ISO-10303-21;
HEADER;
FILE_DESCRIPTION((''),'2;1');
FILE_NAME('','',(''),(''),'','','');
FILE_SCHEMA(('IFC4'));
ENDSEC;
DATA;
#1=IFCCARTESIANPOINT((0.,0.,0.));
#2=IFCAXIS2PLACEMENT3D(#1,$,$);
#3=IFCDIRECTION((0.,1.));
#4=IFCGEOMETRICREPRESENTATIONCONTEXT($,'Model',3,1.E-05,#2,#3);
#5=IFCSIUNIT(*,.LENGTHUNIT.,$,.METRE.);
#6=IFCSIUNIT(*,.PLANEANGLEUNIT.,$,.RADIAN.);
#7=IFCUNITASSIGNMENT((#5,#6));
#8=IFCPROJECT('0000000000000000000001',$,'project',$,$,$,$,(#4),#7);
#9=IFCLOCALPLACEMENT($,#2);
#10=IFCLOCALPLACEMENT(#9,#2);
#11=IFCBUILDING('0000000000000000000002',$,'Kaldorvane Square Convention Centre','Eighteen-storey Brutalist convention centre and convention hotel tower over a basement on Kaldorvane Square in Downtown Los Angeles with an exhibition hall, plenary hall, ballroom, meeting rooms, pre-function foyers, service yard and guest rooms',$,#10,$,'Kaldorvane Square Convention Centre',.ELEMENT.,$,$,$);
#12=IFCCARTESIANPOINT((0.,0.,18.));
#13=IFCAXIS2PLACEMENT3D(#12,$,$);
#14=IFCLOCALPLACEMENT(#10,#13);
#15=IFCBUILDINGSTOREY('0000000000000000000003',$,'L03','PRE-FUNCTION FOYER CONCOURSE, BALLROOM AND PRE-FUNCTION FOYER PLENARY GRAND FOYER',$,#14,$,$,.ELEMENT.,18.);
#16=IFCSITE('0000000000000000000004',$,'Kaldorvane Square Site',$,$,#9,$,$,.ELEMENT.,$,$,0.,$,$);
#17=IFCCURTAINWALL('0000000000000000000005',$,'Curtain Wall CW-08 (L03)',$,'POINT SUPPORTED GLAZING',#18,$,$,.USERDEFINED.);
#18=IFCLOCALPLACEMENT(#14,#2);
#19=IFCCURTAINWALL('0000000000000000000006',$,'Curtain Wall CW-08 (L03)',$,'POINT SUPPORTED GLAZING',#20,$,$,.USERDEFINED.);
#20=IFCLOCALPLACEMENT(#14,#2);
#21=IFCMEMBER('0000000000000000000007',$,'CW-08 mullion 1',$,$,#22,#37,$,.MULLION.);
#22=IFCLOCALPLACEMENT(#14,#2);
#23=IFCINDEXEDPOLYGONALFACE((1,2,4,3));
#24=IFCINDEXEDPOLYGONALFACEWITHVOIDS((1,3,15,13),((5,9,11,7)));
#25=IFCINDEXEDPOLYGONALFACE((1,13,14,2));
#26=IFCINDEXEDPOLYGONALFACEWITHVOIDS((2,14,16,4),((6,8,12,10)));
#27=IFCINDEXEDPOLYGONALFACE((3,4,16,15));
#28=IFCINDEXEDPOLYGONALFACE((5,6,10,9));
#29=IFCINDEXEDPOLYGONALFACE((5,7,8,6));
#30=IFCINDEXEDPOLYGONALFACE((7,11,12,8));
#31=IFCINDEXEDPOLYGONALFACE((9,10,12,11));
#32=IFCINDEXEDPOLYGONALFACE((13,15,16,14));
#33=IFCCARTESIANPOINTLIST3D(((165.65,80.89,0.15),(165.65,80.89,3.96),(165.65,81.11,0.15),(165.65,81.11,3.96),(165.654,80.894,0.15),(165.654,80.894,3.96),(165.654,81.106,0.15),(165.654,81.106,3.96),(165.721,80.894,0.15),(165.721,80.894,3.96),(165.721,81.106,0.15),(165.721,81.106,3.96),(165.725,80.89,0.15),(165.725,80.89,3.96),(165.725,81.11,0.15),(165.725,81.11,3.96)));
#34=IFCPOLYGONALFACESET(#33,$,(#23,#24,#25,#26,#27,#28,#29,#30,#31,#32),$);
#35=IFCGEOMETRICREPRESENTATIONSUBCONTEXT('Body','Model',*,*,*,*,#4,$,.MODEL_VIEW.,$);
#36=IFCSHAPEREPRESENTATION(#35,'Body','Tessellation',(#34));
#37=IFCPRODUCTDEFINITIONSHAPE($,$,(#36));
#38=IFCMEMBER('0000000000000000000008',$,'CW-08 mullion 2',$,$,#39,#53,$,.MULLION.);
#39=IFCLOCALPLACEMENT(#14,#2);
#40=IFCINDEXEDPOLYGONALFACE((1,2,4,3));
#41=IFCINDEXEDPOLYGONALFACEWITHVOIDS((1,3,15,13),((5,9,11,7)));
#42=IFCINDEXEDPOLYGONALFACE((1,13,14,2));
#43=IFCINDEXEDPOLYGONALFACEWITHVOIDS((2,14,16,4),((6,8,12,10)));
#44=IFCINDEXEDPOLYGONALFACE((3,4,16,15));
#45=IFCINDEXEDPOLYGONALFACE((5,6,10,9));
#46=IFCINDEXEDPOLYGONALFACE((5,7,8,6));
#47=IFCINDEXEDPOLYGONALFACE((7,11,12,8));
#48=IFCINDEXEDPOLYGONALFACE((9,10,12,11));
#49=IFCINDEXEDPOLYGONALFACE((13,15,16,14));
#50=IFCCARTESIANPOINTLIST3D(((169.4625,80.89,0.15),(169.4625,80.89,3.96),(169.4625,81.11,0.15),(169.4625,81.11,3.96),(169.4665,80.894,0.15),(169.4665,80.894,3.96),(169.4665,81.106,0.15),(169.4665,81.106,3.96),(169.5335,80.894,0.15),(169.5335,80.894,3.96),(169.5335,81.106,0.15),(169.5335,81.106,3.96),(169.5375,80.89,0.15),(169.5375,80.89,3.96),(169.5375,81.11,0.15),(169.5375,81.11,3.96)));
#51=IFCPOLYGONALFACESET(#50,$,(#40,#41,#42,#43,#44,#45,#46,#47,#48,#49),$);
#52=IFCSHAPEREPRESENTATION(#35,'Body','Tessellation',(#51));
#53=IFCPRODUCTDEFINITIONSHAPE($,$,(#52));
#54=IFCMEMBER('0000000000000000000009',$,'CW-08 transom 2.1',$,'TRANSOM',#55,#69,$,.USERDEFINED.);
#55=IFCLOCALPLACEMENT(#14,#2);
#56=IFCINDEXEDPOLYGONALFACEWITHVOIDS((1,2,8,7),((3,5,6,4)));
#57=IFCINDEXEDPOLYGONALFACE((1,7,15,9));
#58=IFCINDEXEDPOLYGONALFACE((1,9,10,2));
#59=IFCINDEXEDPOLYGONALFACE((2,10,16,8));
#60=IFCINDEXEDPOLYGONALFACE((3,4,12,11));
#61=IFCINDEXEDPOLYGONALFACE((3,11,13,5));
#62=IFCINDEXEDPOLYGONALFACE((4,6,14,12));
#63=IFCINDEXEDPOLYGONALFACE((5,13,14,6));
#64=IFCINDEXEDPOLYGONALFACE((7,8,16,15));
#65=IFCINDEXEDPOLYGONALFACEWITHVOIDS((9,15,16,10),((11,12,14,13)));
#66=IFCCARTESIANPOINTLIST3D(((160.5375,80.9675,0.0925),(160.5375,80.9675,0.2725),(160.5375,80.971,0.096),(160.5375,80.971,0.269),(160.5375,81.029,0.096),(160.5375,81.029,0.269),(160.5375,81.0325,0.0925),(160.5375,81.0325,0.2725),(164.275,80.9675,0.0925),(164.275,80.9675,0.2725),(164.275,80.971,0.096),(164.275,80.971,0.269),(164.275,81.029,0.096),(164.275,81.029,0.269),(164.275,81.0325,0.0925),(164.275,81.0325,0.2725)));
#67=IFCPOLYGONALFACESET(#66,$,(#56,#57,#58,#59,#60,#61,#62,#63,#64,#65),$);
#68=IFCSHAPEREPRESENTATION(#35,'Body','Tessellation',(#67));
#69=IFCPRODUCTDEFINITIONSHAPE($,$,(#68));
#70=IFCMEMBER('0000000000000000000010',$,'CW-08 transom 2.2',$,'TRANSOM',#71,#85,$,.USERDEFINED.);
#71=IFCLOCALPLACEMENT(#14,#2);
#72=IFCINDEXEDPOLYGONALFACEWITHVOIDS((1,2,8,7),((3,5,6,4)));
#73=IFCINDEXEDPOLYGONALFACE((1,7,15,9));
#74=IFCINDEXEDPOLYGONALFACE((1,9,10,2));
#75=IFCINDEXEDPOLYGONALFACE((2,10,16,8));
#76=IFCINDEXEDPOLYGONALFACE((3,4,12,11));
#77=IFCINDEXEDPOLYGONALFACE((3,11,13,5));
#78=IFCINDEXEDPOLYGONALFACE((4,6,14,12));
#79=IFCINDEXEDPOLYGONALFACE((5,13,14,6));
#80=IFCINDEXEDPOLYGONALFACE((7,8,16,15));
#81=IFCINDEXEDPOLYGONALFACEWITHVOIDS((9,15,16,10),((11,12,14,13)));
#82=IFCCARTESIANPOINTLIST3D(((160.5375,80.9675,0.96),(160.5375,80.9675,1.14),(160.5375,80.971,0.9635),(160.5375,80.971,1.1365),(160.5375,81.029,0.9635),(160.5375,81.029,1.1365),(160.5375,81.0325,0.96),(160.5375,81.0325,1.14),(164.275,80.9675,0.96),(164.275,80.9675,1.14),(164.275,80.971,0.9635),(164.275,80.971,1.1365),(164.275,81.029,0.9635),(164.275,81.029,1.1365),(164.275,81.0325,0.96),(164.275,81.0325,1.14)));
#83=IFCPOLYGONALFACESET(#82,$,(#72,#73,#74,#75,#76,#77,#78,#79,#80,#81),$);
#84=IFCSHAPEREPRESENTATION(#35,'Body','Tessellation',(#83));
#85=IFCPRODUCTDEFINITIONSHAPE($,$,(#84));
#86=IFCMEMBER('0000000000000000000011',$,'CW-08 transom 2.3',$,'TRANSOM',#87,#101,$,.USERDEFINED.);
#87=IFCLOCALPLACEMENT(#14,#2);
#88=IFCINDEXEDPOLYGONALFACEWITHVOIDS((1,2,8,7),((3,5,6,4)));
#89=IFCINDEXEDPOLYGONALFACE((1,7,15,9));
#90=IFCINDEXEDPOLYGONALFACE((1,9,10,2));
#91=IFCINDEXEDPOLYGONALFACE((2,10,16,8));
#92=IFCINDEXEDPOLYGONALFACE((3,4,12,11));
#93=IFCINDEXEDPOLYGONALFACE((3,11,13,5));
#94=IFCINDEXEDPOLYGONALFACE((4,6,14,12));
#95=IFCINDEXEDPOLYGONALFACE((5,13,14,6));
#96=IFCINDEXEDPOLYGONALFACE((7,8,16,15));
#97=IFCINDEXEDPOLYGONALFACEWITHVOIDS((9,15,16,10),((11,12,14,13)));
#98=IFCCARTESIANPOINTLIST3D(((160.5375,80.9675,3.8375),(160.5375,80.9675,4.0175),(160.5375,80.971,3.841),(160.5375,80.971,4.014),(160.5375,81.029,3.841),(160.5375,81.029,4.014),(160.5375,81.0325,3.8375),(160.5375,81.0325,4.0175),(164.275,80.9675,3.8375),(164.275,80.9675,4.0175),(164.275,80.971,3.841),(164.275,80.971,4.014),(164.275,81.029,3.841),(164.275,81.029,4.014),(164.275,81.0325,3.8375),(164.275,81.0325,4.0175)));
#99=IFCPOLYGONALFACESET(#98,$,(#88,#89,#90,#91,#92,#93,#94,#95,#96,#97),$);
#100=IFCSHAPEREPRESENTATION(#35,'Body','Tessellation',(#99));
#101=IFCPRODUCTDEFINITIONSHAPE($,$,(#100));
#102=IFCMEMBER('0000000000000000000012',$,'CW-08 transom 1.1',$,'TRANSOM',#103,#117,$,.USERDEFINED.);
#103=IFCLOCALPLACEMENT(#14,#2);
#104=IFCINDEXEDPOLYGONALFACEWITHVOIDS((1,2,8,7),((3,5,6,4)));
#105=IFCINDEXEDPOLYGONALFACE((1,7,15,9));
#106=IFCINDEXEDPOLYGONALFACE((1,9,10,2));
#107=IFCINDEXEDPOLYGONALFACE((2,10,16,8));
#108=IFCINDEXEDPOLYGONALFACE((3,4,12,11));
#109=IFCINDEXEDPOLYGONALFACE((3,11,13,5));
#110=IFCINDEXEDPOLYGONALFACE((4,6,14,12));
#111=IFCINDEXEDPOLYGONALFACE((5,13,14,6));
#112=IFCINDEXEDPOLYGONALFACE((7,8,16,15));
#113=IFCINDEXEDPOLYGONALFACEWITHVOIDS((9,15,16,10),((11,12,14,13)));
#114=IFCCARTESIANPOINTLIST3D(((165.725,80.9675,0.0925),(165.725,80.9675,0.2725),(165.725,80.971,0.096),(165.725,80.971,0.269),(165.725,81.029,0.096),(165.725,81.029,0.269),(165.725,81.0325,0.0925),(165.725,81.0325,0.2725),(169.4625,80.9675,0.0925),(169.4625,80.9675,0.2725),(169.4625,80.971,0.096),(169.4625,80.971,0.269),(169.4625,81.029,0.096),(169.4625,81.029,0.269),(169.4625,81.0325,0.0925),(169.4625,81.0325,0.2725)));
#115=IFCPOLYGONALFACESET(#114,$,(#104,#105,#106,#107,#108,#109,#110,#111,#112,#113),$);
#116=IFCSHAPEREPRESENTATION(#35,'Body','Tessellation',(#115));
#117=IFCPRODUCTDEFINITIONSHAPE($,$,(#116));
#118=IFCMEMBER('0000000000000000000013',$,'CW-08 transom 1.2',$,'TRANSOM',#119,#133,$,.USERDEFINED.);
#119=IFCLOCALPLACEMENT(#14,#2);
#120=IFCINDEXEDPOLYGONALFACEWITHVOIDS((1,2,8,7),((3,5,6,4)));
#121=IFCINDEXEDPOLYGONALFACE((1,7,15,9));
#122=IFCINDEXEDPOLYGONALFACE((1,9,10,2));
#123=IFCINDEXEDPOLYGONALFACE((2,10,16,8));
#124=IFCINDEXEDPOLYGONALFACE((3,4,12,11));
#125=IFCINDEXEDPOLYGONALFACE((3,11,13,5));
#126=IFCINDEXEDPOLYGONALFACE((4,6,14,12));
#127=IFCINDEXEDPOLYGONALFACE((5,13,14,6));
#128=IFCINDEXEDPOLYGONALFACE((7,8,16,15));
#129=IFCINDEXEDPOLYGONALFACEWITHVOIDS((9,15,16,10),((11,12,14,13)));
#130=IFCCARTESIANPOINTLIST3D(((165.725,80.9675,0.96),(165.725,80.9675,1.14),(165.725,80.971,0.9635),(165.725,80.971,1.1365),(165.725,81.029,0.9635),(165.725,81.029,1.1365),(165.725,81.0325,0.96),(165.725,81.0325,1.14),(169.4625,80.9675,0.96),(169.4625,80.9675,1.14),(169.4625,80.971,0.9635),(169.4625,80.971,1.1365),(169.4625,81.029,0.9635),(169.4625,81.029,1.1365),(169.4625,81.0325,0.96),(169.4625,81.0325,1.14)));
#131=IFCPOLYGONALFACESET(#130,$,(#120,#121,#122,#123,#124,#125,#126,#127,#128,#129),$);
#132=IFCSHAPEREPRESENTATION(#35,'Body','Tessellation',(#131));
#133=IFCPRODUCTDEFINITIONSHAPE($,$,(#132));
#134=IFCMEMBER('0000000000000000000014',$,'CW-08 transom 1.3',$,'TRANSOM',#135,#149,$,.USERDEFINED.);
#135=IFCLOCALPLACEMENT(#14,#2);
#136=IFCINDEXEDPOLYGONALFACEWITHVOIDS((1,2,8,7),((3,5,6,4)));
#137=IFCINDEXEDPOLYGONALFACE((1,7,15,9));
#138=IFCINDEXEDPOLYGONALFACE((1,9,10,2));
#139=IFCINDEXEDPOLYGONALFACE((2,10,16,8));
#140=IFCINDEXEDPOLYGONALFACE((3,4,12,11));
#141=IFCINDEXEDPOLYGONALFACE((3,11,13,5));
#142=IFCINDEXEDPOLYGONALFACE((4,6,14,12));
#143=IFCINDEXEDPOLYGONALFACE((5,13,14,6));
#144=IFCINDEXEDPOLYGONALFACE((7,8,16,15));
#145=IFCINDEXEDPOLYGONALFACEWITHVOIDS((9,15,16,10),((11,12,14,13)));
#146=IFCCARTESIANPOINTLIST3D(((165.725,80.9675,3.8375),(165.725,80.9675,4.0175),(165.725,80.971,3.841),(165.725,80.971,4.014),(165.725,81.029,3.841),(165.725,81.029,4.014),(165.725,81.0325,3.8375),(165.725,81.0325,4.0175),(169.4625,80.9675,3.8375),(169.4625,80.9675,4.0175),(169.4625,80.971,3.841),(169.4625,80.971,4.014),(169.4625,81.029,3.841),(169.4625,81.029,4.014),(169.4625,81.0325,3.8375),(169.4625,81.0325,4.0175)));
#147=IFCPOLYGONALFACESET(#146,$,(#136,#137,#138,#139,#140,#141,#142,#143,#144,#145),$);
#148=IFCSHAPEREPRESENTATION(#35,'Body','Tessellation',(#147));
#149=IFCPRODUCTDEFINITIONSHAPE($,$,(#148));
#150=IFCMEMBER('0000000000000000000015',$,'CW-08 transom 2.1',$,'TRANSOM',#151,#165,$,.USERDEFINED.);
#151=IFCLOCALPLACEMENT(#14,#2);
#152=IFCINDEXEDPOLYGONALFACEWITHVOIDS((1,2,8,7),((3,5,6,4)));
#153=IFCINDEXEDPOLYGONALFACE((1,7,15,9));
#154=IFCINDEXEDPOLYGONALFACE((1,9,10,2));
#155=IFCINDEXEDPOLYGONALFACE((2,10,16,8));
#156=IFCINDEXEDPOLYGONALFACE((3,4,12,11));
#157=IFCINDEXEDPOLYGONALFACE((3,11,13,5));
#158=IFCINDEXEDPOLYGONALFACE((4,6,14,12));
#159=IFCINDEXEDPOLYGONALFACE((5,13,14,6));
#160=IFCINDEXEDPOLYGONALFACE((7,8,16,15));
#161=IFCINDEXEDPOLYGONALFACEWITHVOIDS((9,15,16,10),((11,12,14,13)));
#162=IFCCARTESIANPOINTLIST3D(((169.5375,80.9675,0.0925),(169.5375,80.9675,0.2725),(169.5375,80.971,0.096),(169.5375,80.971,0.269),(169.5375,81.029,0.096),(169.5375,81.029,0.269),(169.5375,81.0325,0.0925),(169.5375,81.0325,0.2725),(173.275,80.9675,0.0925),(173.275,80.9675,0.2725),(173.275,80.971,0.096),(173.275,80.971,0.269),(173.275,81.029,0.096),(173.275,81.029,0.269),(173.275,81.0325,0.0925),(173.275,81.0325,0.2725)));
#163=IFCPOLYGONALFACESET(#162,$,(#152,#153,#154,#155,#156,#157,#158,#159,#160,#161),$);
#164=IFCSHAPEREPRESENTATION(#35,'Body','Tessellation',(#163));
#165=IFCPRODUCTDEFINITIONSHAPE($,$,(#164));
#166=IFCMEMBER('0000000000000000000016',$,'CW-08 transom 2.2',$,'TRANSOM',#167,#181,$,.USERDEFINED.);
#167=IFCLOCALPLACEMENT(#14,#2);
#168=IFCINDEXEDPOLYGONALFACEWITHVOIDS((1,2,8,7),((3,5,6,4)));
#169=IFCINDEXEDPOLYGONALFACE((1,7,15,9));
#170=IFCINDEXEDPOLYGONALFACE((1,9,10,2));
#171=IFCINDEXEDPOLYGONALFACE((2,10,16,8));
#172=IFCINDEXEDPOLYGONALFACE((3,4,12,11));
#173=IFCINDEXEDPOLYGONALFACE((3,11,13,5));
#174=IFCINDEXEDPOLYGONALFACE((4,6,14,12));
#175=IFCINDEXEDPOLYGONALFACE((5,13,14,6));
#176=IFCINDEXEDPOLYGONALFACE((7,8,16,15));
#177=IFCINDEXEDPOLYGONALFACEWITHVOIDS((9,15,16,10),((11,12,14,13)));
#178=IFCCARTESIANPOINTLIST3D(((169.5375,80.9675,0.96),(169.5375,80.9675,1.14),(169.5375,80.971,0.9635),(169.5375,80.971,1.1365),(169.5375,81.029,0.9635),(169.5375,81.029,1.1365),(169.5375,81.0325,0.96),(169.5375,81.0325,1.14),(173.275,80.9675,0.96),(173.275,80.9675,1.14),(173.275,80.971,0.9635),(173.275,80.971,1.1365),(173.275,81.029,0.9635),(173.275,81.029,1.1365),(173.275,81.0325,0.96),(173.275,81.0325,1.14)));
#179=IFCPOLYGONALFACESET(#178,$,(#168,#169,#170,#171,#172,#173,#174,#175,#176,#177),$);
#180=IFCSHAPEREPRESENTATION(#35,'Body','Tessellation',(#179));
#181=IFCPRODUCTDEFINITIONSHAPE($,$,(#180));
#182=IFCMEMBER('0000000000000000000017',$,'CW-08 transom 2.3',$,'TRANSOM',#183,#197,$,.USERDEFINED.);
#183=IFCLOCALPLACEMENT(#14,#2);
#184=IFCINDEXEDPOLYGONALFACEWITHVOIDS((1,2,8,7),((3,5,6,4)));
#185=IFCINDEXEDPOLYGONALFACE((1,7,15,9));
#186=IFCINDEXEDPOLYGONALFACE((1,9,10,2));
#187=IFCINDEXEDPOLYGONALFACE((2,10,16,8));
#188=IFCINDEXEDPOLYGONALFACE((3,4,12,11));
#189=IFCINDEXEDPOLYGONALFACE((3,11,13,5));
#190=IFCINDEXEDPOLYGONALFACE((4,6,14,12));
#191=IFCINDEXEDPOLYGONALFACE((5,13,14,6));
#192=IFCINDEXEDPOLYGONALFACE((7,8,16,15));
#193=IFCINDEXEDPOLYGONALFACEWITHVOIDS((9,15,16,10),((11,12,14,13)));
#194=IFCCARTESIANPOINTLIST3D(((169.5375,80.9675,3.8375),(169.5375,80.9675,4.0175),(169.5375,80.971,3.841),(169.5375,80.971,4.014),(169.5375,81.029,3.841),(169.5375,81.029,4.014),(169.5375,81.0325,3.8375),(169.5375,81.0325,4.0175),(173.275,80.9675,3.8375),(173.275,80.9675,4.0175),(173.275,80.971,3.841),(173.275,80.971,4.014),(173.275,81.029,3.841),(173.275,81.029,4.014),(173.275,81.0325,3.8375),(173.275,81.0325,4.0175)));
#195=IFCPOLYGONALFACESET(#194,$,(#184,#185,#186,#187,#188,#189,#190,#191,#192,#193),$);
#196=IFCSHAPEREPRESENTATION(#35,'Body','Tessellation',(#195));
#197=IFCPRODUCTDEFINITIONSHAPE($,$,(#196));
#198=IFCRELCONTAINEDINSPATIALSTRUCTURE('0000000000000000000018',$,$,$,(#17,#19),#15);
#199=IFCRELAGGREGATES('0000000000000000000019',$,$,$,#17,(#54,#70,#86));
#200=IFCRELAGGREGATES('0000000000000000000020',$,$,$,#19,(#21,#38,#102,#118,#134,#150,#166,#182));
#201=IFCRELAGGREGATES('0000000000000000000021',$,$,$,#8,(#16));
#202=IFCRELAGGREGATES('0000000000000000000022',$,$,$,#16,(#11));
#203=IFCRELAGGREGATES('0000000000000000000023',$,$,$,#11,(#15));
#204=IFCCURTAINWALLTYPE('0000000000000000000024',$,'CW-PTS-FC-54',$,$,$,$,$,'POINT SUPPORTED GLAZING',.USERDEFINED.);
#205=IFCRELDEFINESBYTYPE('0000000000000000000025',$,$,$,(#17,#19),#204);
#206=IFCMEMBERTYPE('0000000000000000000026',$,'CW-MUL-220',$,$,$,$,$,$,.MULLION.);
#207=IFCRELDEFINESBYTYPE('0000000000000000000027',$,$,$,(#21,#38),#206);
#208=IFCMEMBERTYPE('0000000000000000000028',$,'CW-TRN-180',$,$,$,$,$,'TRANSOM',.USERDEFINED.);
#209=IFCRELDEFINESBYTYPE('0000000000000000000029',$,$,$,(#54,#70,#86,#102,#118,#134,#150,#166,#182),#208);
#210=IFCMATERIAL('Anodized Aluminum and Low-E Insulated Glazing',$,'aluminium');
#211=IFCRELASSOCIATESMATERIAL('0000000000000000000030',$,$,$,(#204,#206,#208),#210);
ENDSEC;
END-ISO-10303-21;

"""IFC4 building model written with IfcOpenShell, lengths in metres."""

from ifc_helpers import new_model, si_unit, direction, frame, origin, origin_2d, place, context, subcontext, project, spatial, hollow_rectangle, extrude, material, material_profile, profile_set, type_object, element, aggregate, save


model = new_model("IFC4")

# Units and contexts
model_context = context("Model", 3, precision=1e-05, world=origin(), true_north=direction((0.0, 1.0)))
body_context = subcontext(model_context, "Body", "Model", "MODEL_VIEW")
ifc_project = project(units=[si_unit("LENGTHUNIT", "METRE"), si_unit("PLANEANGLEUNIT", "RADIAN")], contexts=[model_context])

# Site, building, storey
site_placement = place(None, origin())
site = spatial("IfcSite", under=ifc_project, at=site_placement, Name="Kaldorvane Square Site", CompositionType="ELEMENT", RefElevation=0.0)
building_placement = place(site_placement, origin())
building = spatial("IfcBuilding", under=site, at=building_placement, Name="Kaldorvane Square Convention Centre", Description="Eighteen-storey Brutalist convention centre and convention hotel tower over a basement on Kaldorvane Square in Downtown Los Angeles with an exhibition hall, plenary hall, ballroom, meeting rooms, pre-function foyers, service yard and guest rooms", LongName="Kaldorvane Square Convention Centre", CompositionType="ELEMENT")
storey_placement = place(building_placement, frame((0.0, 0.0, 18.0)))
storey = spatial("IfcBuildingStorey", under=building, at=storey_placement, Name="L03", Description="PRE-FUNCTION FOYER CONCOURSE, BALLROOM AND PRE-FUNCTION FOYER PLENARY GRAND FOYER", CompositionType="ELEMENT", Elevation=18.0)

# Curtain walls, members
ifc_material_1 = material(Name="Anodized Aluminum and Low-E Insulated Glazing", Category="aluminium")
curtain_wall_type = type_object("IfcCurtainWallType", Name="CW-PTS-FC-54", ElementType="POINT SUPPORTED GLAZING", PredefinedType="USERDEFINED", material=ifc_material_1)
curtain_wall_1_placement = place(storey_placement, origin())
curtain_wall_1 = element("IfcCurtainWall", 1, at=curtain_wall_1_placement, inside=storey, type_object=curtain_wall_type, Name="Curtain Wall CW-08 (L03)", ObjectType="POINT SUPPORTED GLAZING", PredefinedType="USERDEFINED")
ifc_material_profile_1 = material_profile(ifc_material_1, hollow_rectangle(XDim=0.075, YDim=0.22, WallThickness=0.004, at=origin_2d()), Name="CWM-220X75")
ifc_profile_set_1 = profile_set([ifc_material_profile_1], Name="Anodized Aluminum and Low-E Insulated Glazing")
member_type_1 = type_object("IfcMemberType", Name="CW-MUL-220", PredefinedType="MULLION", material=ifc_profile_set_1)
curtain_wall_2_placement = place(storey_placement, origin())
curtain_wall_2 = element("IfcCurtainWall", 2, at=curtain_wall_2_placement, inside=storey, type_object=curtain_wall_type, Name="Curtain Wall CW-08 (L03)", ObjectType="POINT SUPPORTED GLAZING", PredefinedType="USERDEFINED")
member_1_placement = place(storey_placement, frame((165.6875, 81.0, 0.15), z_axis=(0.0, 0.0, 1.0), x_axis=(1.0, 0.0, 0.0)))
member_1 = element("IfcMember", 3, at=member_1_placement, type_object=member_type_1, Name="CW-08 mullion 1", PredefinedType="MULLION", context=body_context, shape_type="SweptSolid", body=[
    extrude(hollow_rectangle(XDim=0.075, YDim=0.22, WallThickness=0.004, at=origin_2d()), origin(), (0.0, 0.0, 1.0), 3.81),
])
member_2_placement = place(storey_placement, frame((169.5, 81.0, 0.15), z_axis=(0.0, 0.0, 1.0), x_axis=(1.0, 0.0, 0.0)))
member_2 = element("IfcMember", 4, at=member_2_placement, type_object=member_type_1, Name="CW-08 mullion 2", PredefinedType="MULLION", context=body_context, shape_type="SweptSolid", body=[
    extrude(hollow_rectangle(XDim=0.075, YDim=0.22, WallThickness=0.004, at=origin_2d()), origin(), (0.0, 0.0, 1.0), 3.81),
])

# Members
ifc_material_profile_2 = material_profile(ifc_material_1, hollow_rectangle(XDim=0.065, YDim=0.18, WallThickness=0.0035, at=origin_2d()), Name="CWT-180X65")
ifc_profile_set_2 = profile_set([ifc_material_profile_2], Name="Anodized Aluminum and Low-E Insulated Glazing")
member_type_2 = type_object("IfcMemberType", Name="CW-TRN-180", ElementType="TRANSOM", PredefinedType="USERDEFINED", material=ifc_profile_set_2)
member_3_placement = place(storey_placement, frame((160.5375, 81.0, 0.1825), z_axis=(1.0, 0.0, 0.0), x_axis=(0.0, 1.0, 0.0)))
member_3 = element("IfcMember", 5, at=member_3_placement, type_object=member_type_2, Name="CW-08 transom 2.1", ObjectType="TRANSOM", PredefinedType="USERDEFINED", context=body_context, shape_type="SweptSolid", body=[
    extrude(hollow_rectangle(XDim=0.065, YDim=0.18, WallThickness=0.0035, at=origin_2d()), origin(), (0.0, 0.0, 1.0), 3.7375),
])
member_4_placement = place(storey_placement, frame((160.5375, 81.0, 1.05), z_axis=(1.0, 0.0, 0.0), x_axis=(0.0, 1.0, 0.0)))
member_4 = element("IfcMember", 6, at=member_4_placement, type_object=member_type_2, Name="CW-08 transom 2.2", ObjectType="TRANSOM", PredefinedType="USERDEFINED", context=body_context, shape_type="SweptSolid", body=[
    extrude(hollow_rectangle(XDim=0.065, YDim=0.18, WallThickness=0.0035, at=origin_2d()), origin(), (0.0, 0.0, 1.0), 3.7375),
])
member_5_placement = place(storey_placement, frame((160.5375, 81.0, 3.9275), z_axis=(1.0, 0.0, 0.0), x_axis=(0.0, 1.0, 0.0)))
member_5 = element("IfcMember", 7, at=member_5_placement, type_object=member_type_2, Name="CW-08 transom 2.3", ObjectType="TRANSOM", PredefinedType="USERDEFINED", context=body_context, shape_type="SweptSolid", body=[
    extrude(hollow_rectangle(XDim=0.065, YDim=0.18, WallThickness=0.0035, at=origin_2d()), origin(), (0.0, 0.0, 1.0), 3.7375),
])
member_6_placement = place(storey_placement, frame((165.725, 81.0, 0.1825), z_axis=(1.0, 0.0, 0.0), x_axis=(0.0, 1.0, 0.0)))
member_6 = element("IfcMember", 8, at=member_6_placement, type_object=member_type_2, Name="CW-08 transom 1.1", ObjectType="TRANSOM", PredefinedType="USERDEFINED", context=body_context, shape_type="SweptSolid", body=[
    extrude(hollow_rectangle(XDim=0.065, YDim=0.18, WallThickness=0.0035, at=origin_2d()), origin(), (0.0, 0.0, 1.0), 3.7375),
])
member_7_placement = place(storey_placement, frame((165.725, 81.0, 1.05), z_axis=(1.0, 0.0, 0.0), x_axis=(0.0, 1.0, 0.0)))
member_7 = element("IfcMember", 9, at=member_7_placement, type_object=member_type_2, Name="CW-08 transom 1.2", ObjectType="TRANSOM", PredefinedType="USERDEFINED", context=body_context, shape_type="SweptSolid", body=[
    extrude(hollow_rectangle(XDim=0.065, YDim=0.18, WallThickness=0.0035, at=origin_2d()), origin(), (0.0, 0.0, 1.0), 3.7375),
])
member_8_placement = place(storey_placement, frame((165.725, 81.0, 3.9275), z_axis=(1.0, 0.0, 0.0), x_axis=(0.0, 1.0, 0.0)))
member_8 = element("IfcMember", 10, at=member_8_placement, type_object=member_type_2, Name="CW-08 transom 1.3", ObjectType="TRANSOM", PredefinedType="USERDEFINED", context=body_context, shape_type="SweptSolid", body=[
    extrude(hollow_rectangle(XDim=0.065, YDim=0.18, WallThickness=0.0035, at=origin_2d()), origin(), (0.0, 0.0, 1.0), 3.7375),
])
member_9_placement = place(storey_placement, frame((169.5375, 81.0, 0.1825), z_axis=(1.0, 0.0, 0.0), x_axis=(0.0, 1.0, 0.0)))
member_9 = element("IfcMember", 11, at=member_9_placement, type_object=member_type_2, Name="CW-08 transom 2.1", ObjectType="TRANSOM", PredefinedType="USERDEFINED", context=body_context, shape_type="SweptSolid", body=[
    extrude(hollow_rectangle(XDim=0.065, YDim=0.18, WallThickness=0.0035, at=origin_2d()), origin(), (0.0, 0.0, 1.0), 3.7375),
])
member_10_placement = place(storey_placement, frame((169.5375, 81.0, 1.05), z_axis=(1.0, 0.0, 0.0), x_axis=(0.0, 1.0, 0.0)))
member_10 = element("IfcMember", 12, at=member_10_placement, type_object=member_type_2, Name="CW-08 transom 2.2", ObjectType="TRANSOM", PredefinedType="USERDEFINED", context=body_context, shape_type="SweptSolid", body=[
    extrude(hollow_rectangle(XDim=0.065, YDim=0.18, WallThickness=0.0035, at=origin_2d()), origin(), (0.0, 0.0, 1.0), 3.7375),
])
member_11_placement = place(storey_placement, frame((169.5375, 81.0, 3.9275), z_axis=(1.0, 0.0, 0.0), x_axis=(0.0, 1.0, 0.0)))
member_11 = element("IfcMember", 13, at=member_11_placement, type_object=member_type_2, Name="CW-08 transom 2.3", ObjectType="TRANSOM", PredefinedType="USERDEFINED", context=body_context, shape_type="SweptSolid", body=[
    extrude(hollow_rectangle(XDim=0.065, YDim=0.18, WallThickness=0.0035, at=origin_2d()), origin(), (0.0, 0.0, 1.0), 3.7375),
])

aggregate(curtain_wall_1, [member_3, member_4, member_5])
aggregate(curtain_wall_2, [member_1, member_2, member_6, member_7, member_8, member_9, member_10, member_11])

save(model, "model.ifc")
